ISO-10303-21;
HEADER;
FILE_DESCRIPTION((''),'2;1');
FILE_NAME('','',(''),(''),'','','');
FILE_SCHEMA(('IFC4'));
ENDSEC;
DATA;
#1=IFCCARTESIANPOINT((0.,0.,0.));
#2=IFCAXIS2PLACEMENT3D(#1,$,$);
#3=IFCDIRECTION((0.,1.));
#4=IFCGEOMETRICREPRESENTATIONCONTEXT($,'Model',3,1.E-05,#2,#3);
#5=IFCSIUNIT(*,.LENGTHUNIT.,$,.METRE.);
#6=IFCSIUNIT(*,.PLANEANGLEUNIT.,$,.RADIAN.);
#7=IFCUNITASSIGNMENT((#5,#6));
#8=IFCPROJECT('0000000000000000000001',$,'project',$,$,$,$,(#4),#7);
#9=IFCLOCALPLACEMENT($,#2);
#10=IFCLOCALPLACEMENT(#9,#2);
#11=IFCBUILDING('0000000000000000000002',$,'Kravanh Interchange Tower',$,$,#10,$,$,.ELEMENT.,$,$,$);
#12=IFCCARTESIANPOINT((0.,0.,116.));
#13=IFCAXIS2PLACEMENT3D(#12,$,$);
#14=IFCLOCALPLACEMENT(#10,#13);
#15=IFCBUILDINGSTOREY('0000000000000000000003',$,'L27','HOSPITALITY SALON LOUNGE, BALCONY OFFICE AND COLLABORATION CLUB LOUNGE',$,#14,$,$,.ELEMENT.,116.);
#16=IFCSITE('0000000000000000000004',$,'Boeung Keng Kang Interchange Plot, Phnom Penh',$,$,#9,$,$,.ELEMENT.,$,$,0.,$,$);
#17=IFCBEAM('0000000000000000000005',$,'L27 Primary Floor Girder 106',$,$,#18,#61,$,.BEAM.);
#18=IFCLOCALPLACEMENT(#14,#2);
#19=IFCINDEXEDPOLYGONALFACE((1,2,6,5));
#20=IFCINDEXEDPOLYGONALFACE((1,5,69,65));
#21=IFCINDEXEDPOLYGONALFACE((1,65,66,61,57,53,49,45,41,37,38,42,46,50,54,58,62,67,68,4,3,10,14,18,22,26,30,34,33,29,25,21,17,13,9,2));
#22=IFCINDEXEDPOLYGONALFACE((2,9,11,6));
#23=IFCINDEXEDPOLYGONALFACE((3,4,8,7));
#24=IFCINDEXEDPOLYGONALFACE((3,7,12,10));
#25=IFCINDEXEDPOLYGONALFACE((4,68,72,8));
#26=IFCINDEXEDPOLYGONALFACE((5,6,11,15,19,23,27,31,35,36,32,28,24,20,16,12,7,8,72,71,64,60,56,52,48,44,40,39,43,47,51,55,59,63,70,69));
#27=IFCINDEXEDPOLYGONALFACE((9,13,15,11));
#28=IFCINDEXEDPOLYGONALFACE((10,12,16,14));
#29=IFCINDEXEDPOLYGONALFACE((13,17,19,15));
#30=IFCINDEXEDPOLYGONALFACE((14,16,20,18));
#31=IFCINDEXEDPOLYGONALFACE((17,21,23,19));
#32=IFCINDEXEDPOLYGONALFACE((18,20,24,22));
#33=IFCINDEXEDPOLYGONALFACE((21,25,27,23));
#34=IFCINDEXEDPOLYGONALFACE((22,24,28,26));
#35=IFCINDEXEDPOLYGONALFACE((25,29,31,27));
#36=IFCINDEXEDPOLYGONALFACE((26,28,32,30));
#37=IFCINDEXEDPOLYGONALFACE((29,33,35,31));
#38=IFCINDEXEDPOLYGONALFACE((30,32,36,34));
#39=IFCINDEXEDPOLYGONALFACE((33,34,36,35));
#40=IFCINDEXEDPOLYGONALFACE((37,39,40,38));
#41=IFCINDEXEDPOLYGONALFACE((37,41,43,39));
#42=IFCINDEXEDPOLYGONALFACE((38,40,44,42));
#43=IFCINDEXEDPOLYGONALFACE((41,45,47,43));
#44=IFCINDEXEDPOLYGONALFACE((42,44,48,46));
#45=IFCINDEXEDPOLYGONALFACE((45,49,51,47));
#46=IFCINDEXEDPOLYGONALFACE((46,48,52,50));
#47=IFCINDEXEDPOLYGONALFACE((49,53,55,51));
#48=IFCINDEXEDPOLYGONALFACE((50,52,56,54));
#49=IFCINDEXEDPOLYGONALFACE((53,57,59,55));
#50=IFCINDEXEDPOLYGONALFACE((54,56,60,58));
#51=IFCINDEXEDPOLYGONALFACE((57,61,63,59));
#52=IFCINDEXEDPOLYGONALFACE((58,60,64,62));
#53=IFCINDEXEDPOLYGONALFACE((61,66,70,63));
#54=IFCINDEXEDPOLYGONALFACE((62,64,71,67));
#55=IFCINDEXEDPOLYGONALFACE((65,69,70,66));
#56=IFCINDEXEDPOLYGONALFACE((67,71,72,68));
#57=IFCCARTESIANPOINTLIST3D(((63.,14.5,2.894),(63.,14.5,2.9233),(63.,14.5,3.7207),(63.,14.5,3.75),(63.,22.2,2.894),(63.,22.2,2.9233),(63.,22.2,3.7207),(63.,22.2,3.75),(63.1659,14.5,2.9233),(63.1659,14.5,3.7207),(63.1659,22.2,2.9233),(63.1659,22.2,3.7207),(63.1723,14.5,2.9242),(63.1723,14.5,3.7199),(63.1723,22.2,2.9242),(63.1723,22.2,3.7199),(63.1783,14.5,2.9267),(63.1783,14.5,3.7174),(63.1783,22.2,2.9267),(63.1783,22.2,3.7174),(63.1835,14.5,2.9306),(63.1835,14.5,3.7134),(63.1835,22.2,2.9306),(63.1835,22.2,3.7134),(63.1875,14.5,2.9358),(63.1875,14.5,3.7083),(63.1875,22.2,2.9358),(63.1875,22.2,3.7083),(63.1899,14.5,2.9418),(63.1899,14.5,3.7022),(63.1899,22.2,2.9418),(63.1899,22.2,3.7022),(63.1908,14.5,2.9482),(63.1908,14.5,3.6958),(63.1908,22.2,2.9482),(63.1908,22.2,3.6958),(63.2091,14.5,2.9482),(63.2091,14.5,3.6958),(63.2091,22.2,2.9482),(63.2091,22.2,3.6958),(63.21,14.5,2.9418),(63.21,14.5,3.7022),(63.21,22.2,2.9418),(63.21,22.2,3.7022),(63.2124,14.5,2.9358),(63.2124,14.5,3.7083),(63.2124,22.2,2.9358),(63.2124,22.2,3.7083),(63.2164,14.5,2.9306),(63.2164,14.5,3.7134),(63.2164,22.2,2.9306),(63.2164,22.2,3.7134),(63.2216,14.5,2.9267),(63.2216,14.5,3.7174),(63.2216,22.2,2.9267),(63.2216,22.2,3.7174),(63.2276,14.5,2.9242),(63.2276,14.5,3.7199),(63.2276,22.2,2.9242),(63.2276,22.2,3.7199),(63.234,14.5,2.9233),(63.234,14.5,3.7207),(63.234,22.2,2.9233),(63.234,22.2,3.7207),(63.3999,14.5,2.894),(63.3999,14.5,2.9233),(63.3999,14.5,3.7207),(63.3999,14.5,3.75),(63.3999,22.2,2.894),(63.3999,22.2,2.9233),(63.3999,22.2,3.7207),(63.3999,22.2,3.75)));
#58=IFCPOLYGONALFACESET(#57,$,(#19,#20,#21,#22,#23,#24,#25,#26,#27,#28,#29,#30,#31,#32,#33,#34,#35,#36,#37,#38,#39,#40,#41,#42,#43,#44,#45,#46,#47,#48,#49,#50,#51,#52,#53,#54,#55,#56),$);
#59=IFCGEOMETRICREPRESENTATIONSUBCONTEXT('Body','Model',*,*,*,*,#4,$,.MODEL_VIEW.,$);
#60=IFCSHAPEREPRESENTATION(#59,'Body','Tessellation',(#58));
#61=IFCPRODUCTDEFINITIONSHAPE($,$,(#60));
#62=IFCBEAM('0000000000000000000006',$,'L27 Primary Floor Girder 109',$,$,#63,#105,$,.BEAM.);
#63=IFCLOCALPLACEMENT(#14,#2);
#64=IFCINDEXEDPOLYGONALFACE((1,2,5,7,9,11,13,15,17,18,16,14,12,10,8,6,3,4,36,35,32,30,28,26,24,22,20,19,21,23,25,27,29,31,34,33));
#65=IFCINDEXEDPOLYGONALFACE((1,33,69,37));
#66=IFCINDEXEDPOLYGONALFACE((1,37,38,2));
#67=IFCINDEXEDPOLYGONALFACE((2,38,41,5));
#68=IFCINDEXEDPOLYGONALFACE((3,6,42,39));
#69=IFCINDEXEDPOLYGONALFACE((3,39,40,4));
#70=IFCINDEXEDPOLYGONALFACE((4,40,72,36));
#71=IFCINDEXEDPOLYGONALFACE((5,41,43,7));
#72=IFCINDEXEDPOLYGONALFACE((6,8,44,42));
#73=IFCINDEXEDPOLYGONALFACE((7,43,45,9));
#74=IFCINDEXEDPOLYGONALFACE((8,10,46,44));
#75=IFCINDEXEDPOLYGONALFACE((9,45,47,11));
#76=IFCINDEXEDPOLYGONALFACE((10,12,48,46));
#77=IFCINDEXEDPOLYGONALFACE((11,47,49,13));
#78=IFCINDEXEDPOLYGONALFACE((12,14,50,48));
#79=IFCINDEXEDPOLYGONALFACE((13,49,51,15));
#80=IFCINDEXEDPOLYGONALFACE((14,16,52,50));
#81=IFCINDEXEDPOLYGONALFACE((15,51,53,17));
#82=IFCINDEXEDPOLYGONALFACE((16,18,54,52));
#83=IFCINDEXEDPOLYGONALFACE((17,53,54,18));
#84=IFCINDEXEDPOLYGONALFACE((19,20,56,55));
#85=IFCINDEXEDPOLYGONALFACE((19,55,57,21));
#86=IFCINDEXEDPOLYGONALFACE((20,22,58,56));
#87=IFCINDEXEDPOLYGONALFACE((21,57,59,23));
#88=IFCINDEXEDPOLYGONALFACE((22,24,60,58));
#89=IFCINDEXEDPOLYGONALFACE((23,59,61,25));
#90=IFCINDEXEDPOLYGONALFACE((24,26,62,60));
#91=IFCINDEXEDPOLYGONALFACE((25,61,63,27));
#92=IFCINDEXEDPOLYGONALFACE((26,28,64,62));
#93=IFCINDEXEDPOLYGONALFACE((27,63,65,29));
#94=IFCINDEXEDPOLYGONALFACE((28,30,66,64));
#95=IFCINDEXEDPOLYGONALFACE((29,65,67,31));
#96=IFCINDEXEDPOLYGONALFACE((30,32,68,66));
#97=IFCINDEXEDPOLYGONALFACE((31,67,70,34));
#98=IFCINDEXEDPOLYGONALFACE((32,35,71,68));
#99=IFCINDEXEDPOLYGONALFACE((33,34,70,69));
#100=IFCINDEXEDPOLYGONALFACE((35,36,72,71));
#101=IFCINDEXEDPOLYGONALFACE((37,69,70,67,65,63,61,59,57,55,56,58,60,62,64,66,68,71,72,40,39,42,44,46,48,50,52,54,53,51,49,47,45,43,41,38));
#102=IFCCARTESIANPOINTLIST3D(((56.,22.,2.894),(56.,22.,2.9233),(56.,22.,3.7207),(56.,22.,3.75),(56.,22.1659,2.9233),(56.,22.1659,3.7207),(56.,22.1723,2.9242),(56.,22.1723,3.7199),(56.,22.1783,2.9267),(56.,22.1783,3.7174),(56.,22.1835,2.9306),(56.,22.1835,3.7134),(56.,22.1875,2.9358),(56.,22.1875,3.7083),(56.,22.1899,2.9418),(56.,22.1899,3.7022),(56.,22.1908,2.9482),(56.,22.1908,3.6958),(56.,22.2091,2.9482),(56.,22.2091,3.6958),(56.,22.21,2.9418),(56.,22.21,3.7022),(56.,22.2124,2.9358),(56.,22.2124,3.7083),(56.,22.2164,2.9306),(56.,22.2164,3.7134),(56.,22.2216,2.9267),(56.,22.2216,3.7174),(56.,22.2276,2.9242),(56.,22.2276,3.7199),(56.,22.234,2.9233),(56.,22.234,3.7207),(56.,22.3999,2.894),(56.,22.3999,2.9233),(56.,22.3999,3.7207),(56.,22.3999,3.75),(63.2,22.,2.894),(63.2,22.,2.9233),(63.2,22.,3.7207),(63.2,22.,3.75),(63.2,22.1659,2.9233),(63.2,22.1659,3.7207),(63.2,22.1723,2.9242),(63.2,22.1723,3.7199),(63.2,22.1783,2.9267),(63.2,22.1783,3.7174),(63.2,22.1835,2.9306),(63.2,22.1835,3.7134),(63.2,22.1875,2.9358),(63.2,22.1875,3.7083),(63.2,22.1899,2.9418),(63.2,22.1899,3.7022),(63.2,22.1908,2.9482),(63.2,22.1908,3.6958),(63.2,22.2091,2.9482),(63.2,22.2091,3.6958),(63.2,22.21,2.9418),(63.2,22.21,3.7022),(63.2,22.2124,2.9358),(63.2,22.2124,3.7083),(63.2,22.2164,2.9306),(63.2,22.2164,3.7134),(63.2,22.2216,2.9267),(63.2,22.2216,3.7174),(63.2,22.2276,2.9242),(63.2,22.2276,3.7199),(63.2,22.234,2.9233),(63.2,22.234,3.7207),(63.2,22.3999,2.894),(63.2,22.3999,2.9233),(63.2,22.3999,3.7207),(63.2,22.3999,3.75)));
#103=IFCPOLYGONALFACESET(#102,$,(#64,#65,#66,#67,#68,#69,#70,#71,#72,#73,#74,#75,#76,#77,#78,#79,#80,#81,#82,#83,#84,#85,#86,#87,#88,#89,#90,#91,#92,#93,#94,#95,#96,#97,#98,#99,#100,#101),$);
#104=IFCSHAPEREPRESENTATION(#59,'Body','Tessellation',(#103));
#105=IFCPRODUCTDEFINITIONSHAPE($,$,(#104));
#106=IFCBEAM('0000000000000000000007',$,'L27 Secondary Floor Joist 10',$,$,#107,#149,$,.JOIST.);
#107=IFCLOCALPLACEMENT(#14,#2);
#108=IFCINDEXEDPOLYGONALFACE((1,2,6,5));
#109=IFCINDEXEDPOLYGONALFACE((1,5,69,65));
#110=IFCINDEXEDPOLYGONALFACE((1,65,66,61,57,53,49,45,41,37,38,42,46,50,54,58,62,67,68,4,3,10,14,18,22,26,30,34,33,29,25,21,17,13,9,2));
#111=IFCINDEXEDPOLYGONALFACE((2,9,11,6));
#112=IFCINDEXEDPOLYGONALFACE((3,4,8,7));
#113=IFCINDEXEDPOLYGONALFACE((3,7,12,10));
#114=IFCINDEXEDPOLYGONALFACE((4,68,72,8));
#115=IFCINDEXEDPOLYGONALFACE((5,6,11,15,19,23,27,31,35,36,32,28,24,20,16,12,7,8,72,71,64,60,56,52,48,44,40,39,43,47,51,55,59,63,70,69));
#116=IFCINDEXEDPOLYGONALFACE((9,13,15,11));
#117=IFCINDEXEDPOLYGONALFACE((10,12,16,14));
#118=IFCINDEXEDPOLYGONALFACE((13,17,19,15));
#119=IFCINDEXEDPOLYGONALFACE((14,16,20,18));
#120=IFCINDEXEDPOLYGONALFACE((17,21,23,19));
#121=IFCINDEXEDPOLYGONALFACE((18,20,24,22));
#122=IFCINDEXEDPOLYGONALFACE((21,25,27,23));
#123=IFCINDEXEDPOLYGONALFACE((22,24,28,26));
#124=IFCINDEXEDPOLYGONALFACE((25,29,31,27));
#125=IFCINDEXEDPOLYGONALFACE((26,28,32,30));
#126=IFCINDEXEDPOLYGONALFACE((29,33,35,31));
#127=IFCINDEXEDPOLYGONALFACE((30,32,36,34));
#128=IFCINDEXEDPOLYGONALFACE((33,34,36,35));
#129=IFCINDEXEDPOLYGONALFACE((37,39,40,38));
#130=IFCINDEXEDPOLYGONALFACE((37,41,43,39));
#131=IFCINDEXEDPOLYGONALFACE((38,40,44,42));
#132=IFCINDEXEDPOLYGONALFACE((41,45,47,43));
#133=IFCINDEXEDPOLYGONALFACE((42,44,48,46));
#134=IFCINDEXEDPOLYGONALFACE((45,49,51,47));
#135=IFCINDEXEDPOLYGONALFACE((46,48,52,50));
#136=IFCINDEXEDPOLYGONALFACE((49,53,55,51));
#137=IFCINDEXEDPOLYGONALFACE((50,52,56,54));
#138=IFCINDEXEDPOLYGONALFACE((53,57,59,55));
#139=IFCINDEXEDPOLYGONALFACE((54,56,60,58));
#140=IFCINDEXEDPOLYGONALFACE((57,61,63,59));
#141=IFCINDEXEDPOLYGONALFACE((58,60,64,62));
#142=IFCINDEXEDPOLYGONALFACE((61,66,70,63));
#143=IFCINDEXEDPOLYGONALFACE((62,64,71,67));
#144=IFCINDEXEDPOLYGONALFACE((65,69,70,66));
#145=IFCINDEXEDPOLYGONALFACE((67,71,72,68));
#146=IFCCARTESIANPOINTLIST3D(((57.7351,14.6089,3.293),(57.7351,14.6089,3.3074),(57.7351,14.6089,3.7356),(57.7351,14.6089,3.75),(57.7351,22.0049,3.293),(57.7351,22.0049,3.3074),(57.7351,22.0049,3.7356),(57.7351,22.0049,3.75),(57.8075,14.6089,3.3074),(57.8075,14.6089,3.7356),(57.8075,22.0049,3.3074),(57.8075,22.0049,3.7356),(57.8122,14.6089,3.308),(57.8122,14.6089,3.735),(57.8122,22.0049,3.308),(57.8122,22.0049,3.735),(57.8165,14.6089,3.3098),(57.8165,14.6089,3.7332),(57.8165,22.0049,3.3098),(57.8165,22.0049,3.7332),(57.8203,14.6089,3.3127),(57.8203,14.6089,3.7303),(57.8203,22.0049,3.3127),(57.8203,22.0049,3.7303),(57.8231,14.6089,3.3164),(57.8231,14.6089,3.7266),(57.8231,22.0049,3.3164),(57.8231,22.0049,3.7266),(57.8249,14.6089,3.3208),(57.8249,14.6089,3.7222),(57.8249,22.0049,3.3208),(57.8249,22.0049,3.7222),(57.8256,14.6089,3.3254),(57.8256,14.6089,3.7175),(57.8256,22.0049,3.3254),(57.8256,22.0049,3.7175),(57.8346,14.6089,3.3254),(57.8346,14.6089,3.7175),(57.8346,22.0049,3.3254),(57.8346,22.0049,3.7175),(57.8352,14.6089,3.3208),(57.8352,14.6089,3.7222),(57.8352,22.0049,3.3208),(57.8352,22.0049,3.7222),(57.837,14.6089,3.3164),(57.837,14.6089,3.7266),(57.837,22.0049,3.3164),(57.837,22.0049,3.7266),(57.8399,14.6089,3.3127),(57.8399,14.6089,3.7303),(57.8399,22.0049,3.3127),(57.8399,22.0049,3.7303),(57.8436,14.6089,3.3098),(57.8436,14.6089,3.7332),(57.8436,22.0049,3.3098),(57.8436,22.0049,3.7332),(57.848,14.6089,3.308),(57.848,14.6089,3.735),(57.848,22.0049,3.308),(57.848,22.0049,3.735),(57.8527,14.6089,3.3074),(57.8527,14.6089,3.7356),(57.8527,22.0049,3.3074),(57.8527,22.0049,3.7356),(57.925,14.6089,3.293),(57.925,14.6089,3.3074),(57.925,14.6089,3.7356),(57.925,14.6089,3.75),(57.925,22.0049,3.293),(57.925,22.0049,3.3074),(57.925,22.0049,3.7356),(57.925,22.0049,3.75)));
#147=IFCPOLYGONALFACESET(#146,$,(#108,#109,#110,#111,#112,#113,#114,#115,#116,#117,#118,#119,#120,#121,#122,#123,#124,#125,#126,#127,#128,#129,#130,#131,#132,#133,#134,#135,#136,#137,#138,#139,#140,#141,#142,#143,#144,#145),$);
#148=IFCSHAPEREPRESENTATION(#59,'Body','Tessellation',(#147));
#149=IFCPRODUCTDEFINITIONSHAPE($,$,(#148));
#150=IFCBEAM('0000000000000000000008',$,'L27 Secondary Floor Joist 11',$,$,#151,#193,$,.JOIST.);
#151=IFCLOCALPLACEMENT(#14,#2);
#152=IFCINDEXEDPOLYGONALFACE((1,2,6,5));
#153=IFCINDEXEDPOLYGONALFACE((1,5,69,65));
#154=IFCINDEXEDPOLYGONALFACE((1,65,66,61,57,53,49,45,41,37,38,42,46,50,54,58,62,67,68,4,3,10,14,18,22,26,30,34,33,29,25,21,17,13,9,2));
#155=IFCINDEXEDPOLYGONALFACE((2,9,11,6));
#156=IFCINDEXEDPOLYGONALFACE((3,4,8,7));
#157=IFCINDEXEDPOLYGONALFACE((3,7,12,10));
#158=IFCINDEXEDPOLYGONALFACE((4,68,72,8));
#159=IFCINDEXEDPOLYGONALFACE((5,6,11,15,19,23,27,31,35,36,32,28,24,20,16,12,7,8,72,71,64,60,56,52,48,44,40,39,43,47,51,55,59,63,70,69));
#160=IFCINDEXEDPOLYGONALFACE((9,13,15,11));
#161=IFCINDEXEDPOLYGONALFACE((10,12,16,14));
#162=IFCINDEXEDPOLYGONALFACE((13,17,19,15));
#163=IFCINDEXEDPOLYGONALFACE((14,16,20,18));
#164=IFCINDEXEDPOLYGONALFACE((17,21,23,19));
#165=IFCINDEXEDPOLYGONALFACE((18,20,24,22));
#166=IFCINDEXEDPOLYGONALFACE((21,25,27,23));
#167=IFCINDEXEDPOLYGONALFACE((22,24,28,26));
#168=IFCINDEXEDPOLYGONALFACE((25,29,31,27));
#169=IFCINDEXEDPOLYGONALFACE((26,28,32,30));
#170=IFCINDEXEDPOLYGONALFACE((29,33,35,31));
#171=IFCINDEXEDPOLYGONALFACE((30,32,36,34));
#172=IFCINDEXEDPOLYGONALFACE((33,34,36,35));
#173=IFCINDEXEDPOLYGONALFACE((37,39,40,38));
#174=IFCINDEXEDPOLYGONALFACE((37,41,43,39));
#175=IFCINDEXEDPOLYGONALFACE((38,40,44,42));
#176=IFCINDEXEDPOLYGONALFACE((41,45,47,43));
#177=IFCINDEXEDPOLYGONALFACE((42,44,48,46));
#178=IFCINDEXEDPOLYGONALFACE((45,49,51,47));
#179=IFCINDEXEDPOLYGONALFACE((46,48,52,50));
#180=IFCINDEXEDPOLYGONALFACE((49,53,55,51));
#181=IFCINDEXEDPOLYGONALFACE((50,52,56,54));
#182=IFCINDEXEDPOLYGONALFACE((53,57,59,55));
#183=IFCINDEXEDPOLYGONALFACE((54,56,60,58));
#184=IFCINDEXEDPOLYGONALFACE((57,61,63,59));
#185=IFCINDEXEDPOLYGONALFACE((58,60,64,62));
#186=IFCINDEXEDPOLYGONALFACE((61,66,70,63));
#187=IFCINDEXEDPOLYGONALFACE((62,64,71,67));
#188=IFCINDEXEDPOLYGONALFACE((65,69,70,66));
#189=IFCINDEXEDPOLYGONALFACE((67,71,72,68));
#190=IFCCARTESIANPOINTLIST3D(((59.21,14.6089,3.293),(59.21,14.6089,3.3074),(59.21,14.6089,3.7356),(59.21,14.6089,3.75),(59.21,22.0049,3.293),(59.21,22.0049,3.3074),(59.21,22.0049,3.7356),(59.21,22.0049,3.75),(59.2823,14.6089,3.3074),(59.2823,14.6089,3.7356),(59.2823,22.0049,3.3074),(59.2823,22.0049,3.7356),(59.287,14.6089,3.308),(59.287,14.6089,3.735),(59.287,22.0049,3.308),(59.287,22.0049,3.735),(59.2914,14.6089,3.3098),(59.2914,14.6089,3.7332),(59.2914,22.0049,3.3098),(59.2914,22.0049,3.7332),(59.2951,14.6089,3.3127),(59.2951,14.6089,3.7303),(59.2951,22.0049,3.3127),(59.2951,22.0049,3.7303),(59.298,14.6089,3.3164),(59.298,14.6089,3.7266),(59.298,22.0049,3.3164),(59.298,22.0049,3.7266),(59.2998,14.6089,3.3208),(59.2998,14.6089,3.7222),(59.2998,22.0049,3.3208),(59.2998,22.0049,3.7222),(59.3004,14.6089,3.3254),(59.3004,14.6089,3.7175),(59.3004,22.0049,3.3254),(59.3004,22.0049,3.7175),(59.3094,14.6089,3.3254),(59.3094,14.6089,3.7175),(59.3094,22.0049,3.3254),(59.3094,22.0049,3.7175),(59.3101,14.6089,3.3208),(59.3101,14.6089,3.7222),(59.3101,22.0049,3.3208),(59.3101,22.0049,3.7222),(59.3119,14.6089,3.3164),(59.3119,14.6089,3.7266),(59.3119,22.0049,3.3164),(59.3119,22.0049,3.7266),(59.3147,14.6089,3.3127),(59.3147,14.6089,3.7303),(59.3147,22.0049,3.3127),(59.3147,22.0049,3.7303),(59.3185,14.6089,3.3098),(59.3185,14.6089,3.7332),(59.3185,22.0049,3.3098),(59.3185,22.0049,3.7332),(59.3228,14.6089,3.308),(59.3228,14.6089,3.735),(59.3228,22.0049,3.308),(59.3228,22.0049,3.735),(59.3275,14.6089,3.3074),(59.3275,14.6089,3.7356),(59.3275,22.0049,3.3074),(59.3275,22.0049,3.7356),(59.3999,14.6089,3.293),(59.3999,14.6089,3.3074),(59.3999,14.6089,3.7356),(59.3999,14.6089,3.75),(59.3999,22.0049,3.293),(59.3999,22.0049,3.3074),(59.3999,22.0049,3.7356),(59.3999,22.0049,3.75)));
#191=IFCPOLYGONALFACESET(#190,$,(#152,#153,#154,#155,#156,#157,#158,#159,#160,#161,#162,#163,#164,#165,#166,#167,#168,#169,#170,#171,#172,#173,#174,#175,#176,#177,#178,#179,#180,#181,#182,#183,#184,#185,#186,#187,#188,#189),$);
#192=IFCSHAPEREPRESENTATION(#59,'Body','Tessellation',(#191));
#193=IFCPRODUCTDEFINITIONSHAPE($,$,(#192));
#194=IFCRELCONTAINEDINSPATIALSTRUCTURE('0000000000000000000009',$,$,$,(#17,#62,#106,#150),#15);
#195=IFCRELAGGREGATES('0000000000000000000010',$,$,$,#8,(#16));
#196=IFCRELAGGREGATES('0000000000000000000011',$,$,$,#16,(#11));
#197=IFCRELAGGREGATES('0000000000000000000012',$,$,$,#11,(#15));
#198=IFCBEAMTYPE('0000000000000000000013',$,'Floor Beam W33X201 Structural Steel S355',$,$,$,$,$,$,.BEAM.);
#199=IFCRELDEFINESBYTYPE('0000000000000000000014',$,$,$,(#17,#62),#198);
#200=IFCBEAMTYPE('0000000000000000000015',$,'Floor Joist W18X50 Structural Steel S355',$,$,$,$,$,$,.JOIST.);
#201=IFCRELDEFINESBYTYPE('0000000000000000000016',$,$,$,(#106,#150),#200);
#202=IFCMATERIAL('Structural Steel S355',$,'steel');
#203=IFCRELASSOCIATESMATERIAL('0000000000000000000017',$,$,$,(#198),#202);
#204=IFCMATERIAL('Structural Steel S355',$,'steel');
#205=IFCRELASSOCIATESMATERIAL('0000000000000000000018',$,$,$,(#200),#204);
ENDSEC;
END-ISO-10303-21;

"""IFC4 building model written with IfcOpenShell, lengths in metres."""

from ifc_helpers import new_model, si_unit, direction, frame, origin, origin_2d, place, context, subcontext, project, spatial, i_section, extrude, material, material_profile, profile_set, type_object, element, save


model = new_model("IFC4")

# Units and contexts
model_context = context("Model", 3, precision=1e-05, world=origin(), true_north=direction((0.0, 1.0)))
body_context = subcontext(model_context, "Body", "Model", "MODEL_VIEW")
ifc_project = project(units=[si_unit("LENGTHUNIT", "METRE"), si_unit("PLANEANGLEUNIT", "RADIAN")], contexts=[model_context])

# Site, building, storey
site_placement = place(None, origin())
site = spatial("IfcSite", under=ifc_project, at=site_placement, Name="Boeung Keng Kang Interchange Plot, Phnom Penh", CompositionType="ELEMENT", RefElevation=0.0)
building_placement = place(site_placement, origin())
building = spatial("IfcBuilding", under=site, at=building_placement, Name="Kravanh Interchange Tower", CompositionType="ELEMENT")
storey_placement = place(building_placement, frame((0.0, 0.0, 116.0)))
storey = spatial("IfcBuildingStorey", under=building, at=storey_placement, Name="L27", Description="HOSPITALITY SALON LOUNGE, BALCONY OFFICE AND COLLABORATION CLUB LOUNGE", CompositionType="ELEMENT", Elevation=116.0)

# Beams
ifc_material_1 = material(Name="Structural Steel S355", Category="steel")
ifc_material_profile_1 = material_profile(ifc_material_1, i_section(OverallWidth=0.3999, OverallDepth=0.856, WebThickness=0.0183, FlangeThickness=0.0293, FilletRadius=0.0249, at=origin_2d()), Name="W33X201")
ifc_profile_set_1 = profile_set([ifc_material_profile_1], Name="Structural Steel S355")
beam_type_1 = type_object("IfcBeamType", Name="Floor Beam W33X201 Structural Steel S355", PredefinedType="BEAM", material=ifc_profile_set_1)
beam_1_placement = place(storey_placement, frame((63.2, 14.5, 3.322), z_axis=(0.0, 1.0, 0.0), x_axis=(-1.0, 0.0, 0.0)))
element("IfcBeam", 1, at=beam_1_placement, inside=storey, type_object=beam_type_1, Name="L27 Primary Floor Girder 106", PredefinedType="BEAM", context=body_context, shape_type="SweptSolid", body=[
    extrude(i_section(OverallWidth=0.3999, OverallDepth=0.856, WebThickness=0.0183, FlangeThickness=0.0293, FilletRadius=0.0249, at=origin_2d()), origin(), (0.0, 0.0, 1.0), 7.7),
])
beam_2_placement = place(storey_placement, frame((56.0, 22.2, 3.322), z_axis=(1.0, 0.0, 0.0), x_axis=(0.0, 1.0, 0.0)))
element("IfcBeam", 2, at=beam_2_placement, inside=storey, type_object=beam_type_1, Name="L27 Primary Floor Girder 109", PredefinedType="BEAM", context=body_context, shape_type="SweptSolid", body=[
    extrude(i_section(OverallWidth=0.3999, OverallDepth=0.856, WebThickness=0.0183, FlangeThickness=0.0293, FilletRadius=0.0249, at=origin_2d()), origin(), (0.0, 0.0, 1.0), 7.2),
])
ifc_material_2 = material(Name="Structural Steel S355", Category="steel")
ifc_material_profile_2 = material_profile(ifc_material_2, i_section(OverallWidth=0.1899, OverallDepth=0.457, WebThickness=0.009, FlangeThickness=0.0144, FilletRadius=0.0181, at=origin_2d()), Name="W18X50")
ifc_profile_set_2 = profile_set([ifc_material_profile_2], Name="Structural Steel S355")
beam_type_2 = type_object("IfcBeamType", Name="Floor Joist W18X50 Structural Steel S355", PredefinedType="JOIST", material=ifc_profile_set_2)
for number, where, z_axis, x_axis, name in (
    (3, (57.8301, 14.6089, 3.5215), (0.0, 1.0, 0.0), (-1.0, 0.0, 0.0), "L27 Secondary Floor Joist 10"),
    (4, (59.3049, 14.6089, 3.5215), (0.0, 1.0, 0.0), (-1.0, 0.0, 0.0), "L27 Secondary Floor Joist 11"),
):
    element("IfcBeam", number, at=place(storey_placement, frame(where, z_axis=z_axis, x_axis=x_axis)), inside=storey, type_object=beam_type_2, Name=name, PredefinedType="JOIST", context=body_context, shape_type="SweptSolid", body=[
        extrude(i_section(OverallWidth=0.1899, OverallDepth=0.457, WebThickness=0.009, FlangeThickness=0.0144, FilletRadius=0.0181, at=origin_2d()), origin(), (0.0, 0.0, 1.0), 7.396),
    ])

save(model, "model.ifc")
